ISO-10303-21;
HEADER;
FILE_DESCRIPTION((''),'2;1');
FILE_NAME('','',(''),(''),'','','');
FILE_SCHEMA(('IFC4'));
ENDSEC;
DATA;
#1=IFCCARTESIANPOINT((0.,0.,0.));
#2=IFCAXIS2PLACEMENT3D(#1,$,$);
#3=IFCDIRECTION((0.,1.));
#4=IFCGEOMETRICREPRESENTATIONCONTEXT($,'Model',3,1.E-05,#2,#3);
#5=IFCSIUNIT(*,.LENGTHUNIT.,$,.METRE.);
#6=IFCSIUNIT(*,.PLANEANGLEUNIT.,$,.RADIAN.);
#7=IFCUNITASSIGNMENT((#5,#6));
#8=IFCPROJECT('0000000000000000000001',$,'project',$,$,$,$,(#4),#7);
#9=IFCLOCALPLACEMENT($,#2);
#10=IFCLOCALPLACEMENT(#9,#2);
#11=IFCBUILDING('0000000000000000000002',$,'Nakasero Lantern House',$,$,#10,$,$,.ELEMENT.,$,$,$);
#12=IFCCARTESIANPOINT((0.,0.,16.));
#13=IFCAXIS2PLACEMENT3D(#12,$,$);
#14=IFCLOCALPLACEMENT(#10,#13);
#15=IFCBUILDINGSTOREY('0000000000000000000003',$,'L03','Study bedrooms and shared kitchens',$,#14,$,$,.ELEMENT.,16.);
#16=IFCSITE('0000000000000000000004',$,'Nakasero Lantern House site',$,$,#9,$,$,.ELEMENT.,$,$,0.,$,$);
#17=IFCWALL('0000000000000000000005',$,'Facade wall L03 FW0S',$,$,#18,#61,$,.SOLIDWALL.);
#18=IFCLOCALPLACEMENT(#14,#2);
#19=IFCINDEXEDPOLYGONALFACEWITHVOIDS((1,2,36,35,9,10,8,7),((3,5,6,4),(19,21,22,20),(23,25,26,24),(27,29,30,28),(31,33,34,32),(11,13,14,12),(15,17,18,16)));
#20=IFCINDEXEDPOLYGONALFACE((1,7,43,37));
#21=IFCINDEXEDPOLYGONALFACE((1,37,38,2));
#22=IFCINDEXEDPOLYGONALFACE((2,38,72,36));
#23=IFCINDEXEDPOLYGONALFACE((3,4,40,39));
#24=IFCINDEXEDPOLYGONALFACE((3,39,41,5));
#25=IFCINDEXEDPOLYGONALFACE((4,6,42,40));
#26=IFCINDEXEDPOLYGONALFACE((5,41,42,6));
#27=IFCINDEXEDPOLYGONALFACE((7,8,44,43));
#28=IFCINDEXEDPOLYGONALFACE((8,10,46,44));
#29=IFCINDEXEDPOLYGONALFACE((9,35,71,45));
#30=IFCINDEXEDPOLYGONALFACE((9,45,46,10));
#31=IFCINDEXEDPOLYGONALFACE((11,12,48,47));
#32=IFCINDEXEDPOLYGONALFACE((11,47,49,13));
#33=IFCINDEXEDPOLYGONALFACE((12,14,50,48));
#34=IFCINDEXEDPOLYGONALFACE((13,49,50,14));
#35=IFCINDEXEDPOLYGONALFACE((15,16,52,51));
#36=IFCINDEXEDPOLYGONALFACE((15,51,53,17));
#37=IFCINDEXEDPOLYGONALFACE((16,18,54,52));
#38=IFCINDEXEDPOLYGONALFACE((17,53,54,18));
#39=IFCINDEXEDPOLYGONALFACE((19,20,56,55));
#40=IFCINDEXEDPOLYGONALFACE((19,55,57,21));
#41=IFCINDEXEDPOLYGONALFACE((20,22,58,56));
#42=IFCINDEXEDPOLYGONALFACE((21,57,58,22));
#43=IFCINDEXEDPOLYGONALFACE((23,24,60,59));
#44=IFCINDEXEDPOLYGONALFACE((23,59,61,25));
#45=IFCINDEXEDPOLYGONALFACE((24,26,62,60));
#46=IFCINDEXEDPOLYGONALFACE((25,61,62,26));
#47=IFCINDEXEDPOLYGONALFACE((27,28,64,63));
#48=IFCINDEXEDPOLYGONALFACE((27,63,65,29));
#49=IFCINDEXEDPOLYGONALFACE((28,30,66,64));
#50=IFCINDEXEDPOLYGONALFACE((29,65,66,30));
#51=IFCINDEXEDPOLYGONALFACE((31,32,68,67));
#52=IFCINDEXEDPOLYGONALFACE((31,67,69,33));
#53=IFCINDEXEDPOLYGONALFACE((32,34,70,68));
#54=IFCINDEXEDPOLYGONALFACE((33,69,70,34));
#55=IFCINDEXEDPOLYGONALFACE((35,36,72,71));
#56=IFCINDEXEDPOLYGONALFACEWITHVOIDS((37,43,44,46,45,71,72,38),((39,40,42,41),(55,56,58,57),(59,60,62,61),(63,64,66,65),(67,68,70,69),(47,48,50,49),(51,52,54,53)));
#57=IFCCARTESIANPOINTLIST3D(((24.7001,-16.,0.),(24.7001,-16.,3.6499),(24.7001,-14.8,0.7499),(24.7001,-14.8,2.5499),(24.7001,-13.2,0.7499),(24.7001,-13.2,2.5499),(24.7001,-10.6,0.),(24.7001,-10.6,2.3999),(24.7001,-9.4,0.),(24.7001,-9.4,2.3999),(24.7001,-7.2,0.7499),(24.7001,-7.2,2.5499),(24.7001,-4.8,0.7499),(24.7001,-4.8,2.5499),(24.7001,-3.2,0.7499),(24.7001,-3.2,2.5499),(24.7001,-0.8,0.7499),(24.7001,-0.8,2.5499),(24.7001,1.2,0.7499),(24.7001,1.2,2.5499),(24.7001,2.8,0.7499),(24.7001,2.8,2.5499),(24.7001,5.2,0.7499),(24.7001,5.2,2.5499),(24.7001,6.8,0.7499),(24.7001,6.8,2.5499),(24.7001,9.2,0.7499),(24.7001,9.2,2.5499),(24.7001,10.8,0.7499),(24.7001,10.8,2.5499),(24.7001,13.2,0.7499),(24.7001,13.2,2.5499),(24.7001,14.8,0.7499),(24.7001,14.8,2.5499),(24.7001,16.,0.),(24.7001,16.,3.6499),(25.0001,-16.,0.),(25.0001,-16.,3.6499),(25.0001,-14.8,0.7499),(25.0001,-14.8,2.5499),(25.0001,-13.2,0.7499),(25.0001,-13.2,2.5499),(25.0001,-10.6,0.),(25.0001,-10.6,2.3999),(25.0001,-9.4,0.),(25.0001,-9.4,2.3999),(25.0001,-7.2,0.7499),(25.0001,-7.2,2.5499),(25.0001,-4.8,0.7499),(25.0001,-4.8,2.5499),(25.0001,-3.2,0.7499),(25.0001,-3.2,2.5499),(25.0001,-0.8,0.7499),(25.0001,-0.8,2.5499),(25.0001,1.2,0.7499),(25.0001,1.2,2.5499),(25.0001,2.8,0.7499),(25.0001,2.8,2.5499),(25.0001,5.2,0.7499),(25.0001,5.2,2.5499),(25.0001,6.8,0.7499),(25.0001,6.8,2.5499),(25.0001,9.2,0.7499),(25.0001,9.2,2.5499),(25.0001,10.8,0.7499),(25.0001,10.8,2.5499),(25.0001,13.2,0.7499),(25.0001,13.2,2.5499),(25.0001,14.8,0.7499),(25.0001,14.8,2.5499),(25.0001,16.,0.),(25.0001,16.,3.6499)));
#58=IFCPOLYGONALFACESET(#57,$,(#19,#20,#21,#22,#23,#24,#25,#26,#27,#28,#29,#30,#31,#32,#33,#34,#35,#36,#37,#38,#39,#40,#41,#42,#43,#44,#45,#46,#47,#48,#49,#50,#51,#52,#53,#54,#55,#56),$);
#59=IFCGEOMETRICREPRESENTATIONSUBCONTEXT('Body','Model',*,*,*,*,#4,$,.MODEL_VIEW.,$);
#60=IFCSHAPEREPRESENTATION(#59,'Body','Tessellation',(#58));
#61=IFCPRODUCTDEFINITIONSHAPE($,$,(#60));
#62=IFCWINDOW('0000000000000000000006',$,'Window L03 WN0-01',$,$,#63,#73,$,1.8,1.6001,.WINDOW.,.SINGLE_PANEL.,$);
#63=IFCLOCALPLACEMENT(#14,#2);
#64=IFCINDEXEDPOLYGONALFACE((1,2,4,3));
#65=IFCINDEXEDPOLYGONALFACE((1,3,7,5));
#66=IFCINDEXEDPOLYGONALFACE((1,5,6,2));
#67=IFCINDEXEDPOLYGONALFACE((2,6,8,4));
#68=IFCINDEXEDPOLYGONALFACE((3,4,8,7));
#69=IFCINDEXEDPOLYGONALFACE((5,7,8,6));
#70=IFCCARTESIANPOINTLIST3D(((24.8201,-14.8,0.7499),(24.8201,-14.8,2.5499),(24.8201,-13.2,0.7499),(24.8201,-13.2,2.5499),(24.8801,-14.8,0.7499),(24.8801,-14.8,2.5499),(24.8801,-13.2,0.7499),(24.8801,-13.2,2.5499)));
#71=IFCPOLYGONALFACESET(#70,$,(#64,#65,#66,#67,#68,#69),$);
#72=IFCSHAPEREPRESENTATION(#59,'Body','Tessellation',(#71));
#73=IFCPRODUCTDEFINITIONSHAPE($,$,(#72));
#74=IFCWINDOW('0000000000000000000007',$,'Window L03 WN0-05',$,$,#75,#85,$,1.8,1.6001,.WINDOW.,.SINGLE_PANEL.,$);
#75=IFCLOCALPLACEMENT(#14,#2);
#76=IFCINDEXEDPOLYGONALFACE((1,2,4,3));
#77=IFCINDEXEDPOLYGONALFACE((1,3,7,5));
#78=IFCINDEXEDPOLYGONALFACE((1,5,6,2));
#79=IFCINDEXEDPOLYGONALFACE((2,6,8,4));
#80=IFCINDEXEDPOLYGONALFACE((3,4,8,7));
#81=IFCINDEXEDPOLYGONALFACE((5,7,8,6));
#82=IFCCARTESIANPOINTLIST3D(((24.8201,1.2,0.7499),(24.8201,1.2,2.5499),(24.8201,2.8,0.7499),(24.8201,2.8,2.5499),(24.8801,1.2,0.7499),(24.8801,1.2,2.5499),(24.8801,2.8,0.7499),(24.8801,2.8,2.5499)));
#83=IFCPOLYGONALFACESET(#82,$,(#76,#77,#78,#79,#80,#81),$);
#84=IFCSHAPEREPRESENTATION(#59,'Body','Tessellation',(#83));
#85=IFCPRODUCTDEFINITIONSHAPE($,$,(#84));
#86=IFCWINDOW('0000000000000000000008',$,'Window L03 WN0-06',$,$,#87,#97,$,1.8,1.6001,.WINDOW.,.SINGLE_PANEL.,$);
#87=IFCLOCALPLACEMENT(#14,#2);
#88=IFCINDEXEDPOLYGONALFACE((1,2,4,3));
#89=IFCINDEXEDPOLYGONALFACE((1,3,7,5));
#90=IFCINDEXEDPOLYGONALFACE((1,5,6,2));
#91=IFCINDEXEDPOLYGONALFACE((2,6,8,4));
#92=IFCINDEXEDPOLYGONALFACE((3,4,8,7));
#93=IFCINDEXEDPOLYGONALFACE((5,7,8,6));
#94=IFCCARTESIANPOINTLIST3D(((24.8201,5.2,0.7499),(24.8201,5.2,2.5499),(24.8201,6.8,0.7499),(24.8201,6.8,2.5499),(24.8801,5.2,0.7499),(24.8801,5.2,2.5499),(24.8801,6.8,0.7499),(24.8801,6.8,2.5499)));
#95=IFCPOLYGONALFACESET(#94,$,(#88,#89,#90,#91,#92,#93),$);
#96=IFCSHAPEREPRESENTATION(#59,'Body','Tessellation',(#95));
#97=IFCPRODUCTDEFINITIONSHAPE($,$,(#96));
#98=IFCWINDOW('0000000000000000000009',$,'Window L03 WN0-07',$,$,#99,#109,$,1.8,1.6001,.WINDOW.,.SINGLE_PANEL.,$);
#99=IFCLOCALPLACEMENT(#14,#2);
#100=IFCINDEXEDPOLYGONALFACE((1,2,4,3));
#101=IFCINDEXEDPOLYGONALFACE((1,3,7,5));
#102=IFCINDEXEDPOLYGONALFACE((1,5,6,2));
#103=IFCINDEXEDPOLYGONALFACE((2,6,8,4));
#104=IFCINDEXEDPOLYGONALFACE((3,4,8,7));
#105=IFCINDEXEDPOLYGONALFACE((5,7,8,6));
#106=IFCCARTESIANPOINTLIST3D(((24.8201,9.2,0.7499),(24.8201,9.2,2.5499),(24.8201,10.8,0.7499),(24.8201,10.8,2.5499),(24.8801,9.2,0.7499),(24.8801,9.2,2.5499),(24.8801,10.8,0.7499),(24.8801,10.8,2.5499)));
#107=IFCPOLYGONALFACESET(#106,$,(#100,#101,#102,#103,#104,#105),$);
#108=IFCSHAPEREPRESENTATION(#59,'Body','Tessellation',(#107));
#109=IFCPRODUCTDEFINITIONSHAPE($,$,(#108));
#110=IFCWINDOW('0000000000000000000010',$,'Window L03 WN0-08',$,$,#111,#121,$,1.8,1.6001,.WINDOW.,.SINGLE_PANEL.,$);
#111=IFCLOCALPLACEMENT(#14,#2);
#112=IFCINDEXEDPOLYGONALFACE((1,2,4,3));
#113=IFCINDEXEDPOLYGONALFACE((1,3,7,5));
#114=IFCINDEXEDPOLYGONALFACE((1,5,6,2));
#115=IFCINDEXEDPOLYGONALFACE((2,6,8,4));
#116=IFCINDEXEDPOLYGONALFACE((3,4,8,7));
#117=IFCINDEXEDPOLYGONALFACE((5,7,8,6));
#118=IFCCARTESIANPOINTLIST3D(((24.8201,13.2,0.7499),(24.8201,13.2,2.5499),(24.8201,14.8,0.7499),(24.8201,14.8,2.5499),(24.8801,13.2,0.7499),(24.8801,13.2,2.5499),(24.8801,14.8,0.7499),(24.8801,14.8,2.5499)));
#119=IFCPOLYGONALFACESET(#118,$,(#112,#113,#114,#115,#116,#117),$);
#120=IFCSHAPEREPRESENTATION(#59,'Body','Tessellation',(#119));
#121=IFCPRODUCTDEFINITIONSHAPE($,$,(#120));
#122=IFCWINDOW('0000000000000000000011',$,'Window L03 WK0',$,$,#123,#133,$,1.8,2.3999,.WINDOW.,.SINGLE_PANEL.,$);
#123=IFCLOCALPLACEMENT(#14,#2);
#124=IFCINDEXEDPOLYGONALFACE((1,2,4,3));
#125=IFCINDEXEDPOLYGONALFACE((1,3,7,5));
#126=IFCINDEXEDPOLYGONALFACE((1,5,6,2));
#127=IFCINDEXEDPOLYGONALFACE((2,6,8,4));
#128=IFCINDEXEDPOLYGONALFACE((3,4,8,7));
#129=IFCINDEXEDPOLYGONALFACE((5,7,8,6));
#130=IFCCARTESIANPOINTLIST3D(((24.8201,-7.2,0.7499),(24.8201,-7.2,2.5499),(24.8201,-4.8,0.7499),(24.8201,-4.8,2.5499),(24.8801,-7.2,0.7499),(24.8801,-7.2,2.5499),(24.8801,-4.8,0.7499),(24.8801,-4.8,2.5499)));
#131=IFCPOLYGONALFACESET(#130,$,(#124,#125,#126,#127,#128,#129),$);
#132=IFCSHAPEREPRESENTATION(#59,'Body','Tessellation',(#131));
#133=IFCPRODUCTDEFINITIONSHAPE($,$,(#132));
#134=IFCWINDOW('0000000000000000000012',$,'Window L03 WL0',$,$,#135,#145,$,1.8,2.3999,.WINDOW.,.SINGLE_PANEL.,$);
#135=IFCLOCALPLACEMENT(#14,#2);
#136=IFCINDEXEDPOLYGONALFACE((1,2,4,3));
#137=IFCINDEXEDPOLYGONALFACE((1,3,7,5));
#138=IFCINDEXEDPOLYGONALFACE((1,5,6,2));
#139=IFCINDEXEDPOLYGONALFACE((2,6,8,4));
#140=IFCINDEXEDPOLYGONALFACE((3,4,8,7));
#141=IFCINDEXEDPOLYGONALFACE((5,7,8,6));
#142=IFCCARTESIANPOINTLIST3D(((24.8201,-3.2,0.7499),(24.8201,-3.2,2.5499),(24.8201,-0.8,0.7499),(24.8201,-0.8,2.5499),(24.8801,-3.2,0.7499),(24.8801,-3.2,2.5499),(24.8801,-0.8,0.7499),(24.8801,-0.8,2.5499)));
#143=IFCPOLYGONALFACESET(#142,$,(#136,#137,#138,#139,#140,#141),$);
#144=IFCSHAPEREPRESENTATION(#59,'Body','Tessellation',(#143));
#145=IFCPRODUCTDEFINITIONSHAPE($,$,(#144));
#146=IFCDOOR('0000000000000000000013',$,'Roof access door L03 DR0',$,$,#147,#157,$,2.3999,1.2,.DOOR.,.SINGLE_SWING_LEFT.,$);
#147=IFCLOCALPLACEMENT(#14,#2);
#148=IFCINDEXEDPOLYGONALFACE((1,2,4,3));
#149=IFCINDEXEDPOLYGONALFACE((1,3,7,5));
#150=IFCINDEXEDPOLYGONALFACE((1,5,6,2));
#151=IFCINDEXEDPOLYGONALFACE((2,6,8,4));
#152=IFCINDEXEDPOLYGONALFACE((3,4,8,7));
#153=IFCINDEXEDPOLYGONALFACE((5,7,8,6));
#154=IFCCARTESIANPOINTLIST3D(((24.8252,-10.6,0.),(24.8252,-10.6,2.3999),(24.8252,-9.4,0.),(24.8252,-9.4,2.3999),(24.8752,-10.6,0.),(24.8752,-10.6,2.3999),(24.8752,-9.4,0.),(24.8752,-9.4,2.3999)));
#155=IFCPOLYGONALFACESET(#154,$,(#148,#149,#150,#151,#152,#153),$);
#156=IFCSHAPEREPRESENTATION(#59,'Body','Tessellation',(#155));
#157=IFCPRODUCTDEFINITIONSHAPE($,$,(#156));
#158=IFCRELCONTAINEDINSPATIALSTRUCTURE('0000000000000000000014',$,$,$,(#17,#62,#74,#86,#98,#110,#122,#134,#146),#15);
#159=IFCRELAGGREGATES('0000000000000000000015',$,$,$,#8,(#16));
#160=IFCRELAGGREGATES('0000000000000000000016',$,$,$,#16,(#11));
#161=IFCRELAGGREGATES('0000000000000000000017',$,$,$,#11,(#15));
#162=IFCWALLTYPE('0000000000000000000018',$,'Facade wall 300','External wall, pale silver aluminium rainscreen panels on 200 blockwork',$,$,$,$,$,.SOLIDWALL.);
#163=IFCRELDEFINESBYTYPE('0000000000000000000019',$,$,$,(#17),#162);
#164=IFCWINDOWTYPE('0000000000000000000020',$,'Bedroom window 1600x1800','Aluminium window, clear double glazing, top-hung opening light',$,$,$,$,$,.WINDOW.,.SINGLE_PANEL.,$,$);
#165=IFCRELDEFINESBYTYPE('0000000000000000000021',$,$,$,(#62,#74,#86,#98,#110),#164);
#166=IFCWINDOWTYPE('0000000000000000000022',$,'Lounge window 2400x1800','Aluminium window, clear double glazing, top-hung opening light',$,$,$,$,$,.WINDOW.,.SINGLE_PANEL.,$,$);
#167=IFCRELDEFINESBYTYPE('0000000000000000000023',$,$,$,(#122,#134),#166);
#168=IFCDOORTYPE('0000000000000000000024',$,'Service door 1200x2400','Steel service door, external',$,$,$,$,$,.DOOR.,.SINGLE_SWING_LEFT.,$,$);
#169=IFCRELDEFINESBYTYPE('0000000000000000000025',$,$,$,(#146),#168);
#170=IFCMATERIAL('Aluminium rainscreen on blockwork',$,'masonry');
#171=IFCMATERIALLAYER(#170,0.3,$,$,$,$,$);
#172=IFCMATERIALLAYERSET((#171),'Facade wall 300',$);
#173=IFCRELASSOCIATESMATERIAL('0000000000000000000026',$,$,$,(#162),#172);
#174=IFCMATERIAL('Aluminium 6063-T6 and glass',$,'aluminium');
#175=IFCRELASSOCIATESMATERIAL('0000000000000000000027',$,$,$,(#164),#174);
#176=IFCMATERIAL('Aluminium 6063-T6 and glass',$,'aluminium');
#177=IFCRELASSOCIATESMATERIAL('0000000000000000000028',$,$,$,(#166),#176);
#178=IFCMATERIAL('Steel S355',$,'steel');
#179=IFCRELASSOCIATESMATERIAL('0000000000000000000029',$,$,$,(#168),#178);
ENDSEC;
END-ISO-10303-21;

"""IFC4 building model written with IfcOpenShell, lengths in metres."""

from ifc_helpers import new_model, si_unit, direction, frame, frame_2d, origin, place, context, subcontext, project, spatial, rectangle, extrude, material, layer, layer_set, type_object, element, fill, save


model = new_model("IFC4")

# Units and contexts
model_context = context("Model", 3, precision=1e-05, world=origin(), true_north=direction((0.0, 1.0)))
body_context = subcontext(model_context, "Body", "Model", "MODEL_VIEW")
ifc_project = project(units=[si_unit("LENGTHUNIT", "METRE"), si_unit("PLANEANGLEUNIT", "RADIAN")], contexts=[model_context])

# Site, building, storey
site_placement = place(None, origin())
site = spatial("IfcSite", under=ifc_project, at=site_placement, Name="Nakasero Lantern House site", CompositionType="ELEMENT", RefElevation=0.0)
building_placement = place(site_placement, origin())
building = spatial("IfcBuilding", under=site, at=building_placement, Name="Nakasero Lantern House", CompositionType="ELEMENT")
storey_placement = place(building_placement, frame((0.0, 0.0, 16.0)))
storey = spatial("IfcBuildingStorey", under=building, at=storey_placement, Name="L03", Description="Study bedrooms and shared kitchens", CompositionType="ELEMENT", Elevation=16.0)

# Wall, openings, windows, door
ifc_material_1 = material(Name="Aluminium rainscreen on blockwork", Category="masonry")
ifc_layer_1 = layer(ifc_material_1, 0.3)
ifc_layer_set_1 = layer_set([ifc_layer_1], Name="Facade wall 300")
wall_type_1 = type_object("IfcWallType", Name="Facade wall 300", Description="External wall, pale silver aluminium rainscreen panels on 200 blockwork", PredefinedType="SOLIDWALL", material=ifc_layer_set_1)
wall_1_placement = place(storey_placement, frame((24.8501, -16.0, 0.0), z_axis=(0.0, 0.0, 1.0), x_axis=(0.0, 1.0, 0.0)))
wall_1 = element("IfcWall", 1, at=wall_1_placement, inside=storey, type_object=wall_type_1, Name="Facade wall L03 FW0S", PredefinedType="SOLIDWALL", context=body_context, shape_type="SweptSolid", body=[
    extrude(rectangle(XDim=32.0, YDim=0.3, at=frame_2d((16.0, 0.0))), origin(), (0.0, 0.0, 1.0), 3.6499),
])
opening_1_placement = place(wall_1_placement, frame((1.2, 0.0, 0.75)))
opening_1 = element("IfcOpeningElement", 2, at=opening_1_placement, cuts=wall_1, PredefinedType="OPENING", context=body_context, shape_type="SweptSolid", body=[
    extrude(rectangle(XDim=1.6001, YDim=1.8, at=frame_2d((0.8, 0.8999))), frame((0.0, 0.1699, 0.0), z_axis=(0.0, -1.0, 0.0), x_axis=(1.0, 0.0, 0.0)), (0.0, 0.0, 1.0), 0.3401),
])
opening_2_placement = place(wall_1_placement, frame((17.2, 0.0, 0.75)))
opening_2 = element("IfcOpeningElement", 3, at=opening_2_placement, cuts=wall_1, PredefinedType="OPENING", context=body_context, shape_type="SweptSolid", body=[
    extrude(rectangle(XDim=1.6001, YDim=1.8, at=frame_2d((0.8, 0.8999))), frame((0.0, 0.1699, 0.0), z_axis=(0.0, -1.0, 0.0), x_axis=(1.0, 0.0, 0.0)), (0.0, 0.0, 1.0), 0.3401),
])
opening_3_placement = place(wall_1_placement, frame((21.2, 0.0, 0.75)))
opening_3 = element("IfcOpeningElement", 4, at=opening_3_placement, cuts=wall_1, PredefinedType="OPENING", context=body_context, shape_type="SweptSolid", body=[
    extrude(rectangle(XDim=1.6001, YDim=1.8, at=frame_2d((0.8, 0.8999))), frame((0.0, 0.1699, 0.0), z_axis=(0.0, -1.0, 0.0), x_axis=(1.0, 0.0, 0.0)), (0.0, 0.0, 1.0), 0.3401),
])
opening_4_placement = place(wall_1_placement, frame((25.2, 0.0, 0.75)))
opening_4 = element("IfcOpeningElement", 5, at=opening_4_placement, cuts=wall_1, PredefinedType="OPENING", context=body_context, shape_type="SweptSolid", body=[
    extrude(rectangle(XDim=1.6001, YDim=1.8, at=frame_2d((0.8, 0.8999))), frame((0.0, 0.1699, 0.0), z_axis=(0.0, -1.0, 0.0), x_axis=(1.0, 0.0, 0.0)), (0.0, 0.0, 1.0), 0.3401),
])
opening_5_placement = place(wall_1_placement, frame((29.2, 0.0, 0.75)))
opening_5 = element("IfcOpeningElement", 6, at=opening_5_placement, cuts=wall_1, PredefinedType="OPENING", context=body_context, shape_type="SweptSolid", body=[
    extrude(rectangle(XDim=1.6001, YDim=1.8, at=frame_2d((0.8, 0.8999))), frame((0.0, 0.1699, 0.0), z_axis=(0.0, -1.0, 0.0), x_axis=(1.0, 0.0, 0.0)), (0.0, 0.0, 1.0), 0.3401),
])
opening_6_placement = place(wall_1_placement, frame((8.8, 0.0, 0.75)))
opening_6 = element("IfcOpeningElement", 7, at=opening_6_placement, cuts=wall_1, PredefinedType="OPENING", context=body_context, shape_type="SweptSolid", body=[
    extrude(rectangle(XDim=2.3999, YDim=1.8, at=frame_2d((1.2, 0.8999))), frame((0.0, 0.1699, 0.0), z_axis=(0.0, -1.0, 0.0), x_axis=(1.0, 0.0, 0.0)), (0.0, 0.0, 1.0), 0.3401),
])
opening_7_placement = place(wall_1_placement, frame((12.8, 0.0, 0.75)))
opening_7 = element("IfcOpeningElement", 8, at=opening_7_placement, cuts=wall_1, PredefinedType="OPENING", context=body_context, shape_type="SweptSolid", body=[
    extrude(rectangle(XDim=2.3999, YDim=1.8, at=frame_2d((1.2, 0.8999))), frame((0.0, 0.1699, 0.0), z_axis=(0.0, -1.0, 0.0), x_axis=(1.0, 0.0, 0.0)), (0.0, 0.0, 1.0), 0.3401),
])
opening_8_placement = place(wall_1_placement, frame((5.3999, 0.0, 0.0)))
opening_8 = element("IfcOpeningElement", 9, at=opening_8_placement, cuts=wall_1, PredefinedType="OPENING", context=body_context, shape_type="SweptSolid", body=[
    extrude(rectangle(XDim=1.2, YDim=2.3999, at=frame_2d((0.6001, 1.2))), frame((0.0, 0.1699, 0.0), z_axis=(0.0, -1.0, 0.0), x_axis=(1.0, 0.0, 0.0)), (0.0, 0.0, 1.0), 0.3401),
])
ifc_material_2 = material(Name="Aluminium 6063-T6 and glass", Category="aluminium")
window_type_1 = type_object("IfcWindowType", Name="Bedroom window 1600x1800", Description="Aluminium window, clear double glazing, top-hung opening light", PartitioningType="SINGLE_PANEL", PredefinedType="WINDOW", material=ifc_material_2)
window_1_placement = place(opening_1_placement, origin())
window_1 = element("IfcWindow", 10, at=window_1_placement, inside=storey, type_object=window_type_1, Name="Window L03 WN0-01", OverallHeight=1.8, OverallWidth=1.6001, PartitioningType="SINGLE_PANEL", PredefinedType="WINDOW", context=body_context, shape_type="SweptSolid", body=[
    extrude(rectangle(XDim=1.6001, YDim=1.8, at=frame_2d((0.8, 0.8999))), frame((0.0, 0.03, 0.0), z_axis=(0.0, -1.0, 0.0), x_axis=(1.0, 0.0, 0.0)), (0.0, 0.0, 1.0), 0.0601),
])
fill(opening_1, window_1)
window_2_placement = place(opening_2_placement, origin())
window_2 = element("IfcWindow", 11, at=window_2_placement, inside=storey, type_object=window_type_1, Name="Window L03 WN0-05", OverallHeight=1.8, OverallWidth=1.6001, PartitioningType="SINGLE_PANEL", PredefinedType="WINDOW", context=body_context, shape_type="SweptSolid", body=[
    extrude(rectangle(XDim=1.6001, YDim=1.8, at=frame_2d((0.8, 0.8999))), frame((0.0, 0.03, 0.0), z_axis=(0.0, -1.0, 0.0), x_axis=(1.0, 0.0, 0.0)), (0.0, 0.0, 1.0), 0.0601),
])
fill(opening_2, window_2)
window_3_placement = place(opening_3_placement, origin())
window_3 = element("IfcWindow", 12, at=window_3_placement, inside=storey, type_object=window_type_1, Name="Window L03 WN0-06", OverallHeight=1.8, OverallWidth=1.6001, PartitioningType="SINGLE_PANEL", PredefinedType="WINDOW", context=body_context, shape_type="SweptSolid", body=[
    extrude(rectangle(XDim=1.6001, YDim=1.8, at=frame_2d((0.8, 0.8999))), frame((0.0, 0.03, 0.0), z_axis=(0.0, -1.0, 0.0), x_axis=(1.0, 0.0, 0.0)), (0.0, 0.0, 1.0), 0.0601),
])
fill(opening_3, window_3)
window_4_placement = place(opening_4_placement, origin())
window_4 = element("IfcWindow", 13, at=window_4_placement, inside=storey, type_object=window_type_1, Name="Window L03 WN0-07", OverallHeight=1.8, OverallWidth=1.6001, PartitioningType="SINGLE_PANEL", PredefinedType="WINDOW", context=body_context, shape_type="SweptSolid", body=[
    extrude(rectangle(XDim=1.6001, YDim=1.8, at=frame_2d((0.8, 0.8999))), frame((0.0, 0.03, 0.0), z_axis=(0.0, -1.0, 0.0), x_axis=(1.0, 0.0, 0.0)), (0.0, 0.0, 1.0), 0.0601),
])
fill(opening_4, window_4)
window_5_placement = place(opening_5_placement, origin())
window_5 = element("IfcWindow", 14, at=window_5_placement, inside=storey, type_object=window_type_1, Name="Window L03 WN0-08", OverallHeight=1.8, OverallWidth=1.6001, PartitioningType="SINGLE_PANEL", PredefinedType="WINDOW", context=body_context, shape_type="SweptSolid", body=[
    extrude(rectangle(XDim=1.6001, YDim=1.8, at=frame_2d((0.8, 0.8999))), frame((0.0, 0.03, 0.0), z_axis=(0.0, -1.0, 0.0), x_axis=(1.0, 0.0, 0.0)), (0.0, 0.0, 1.0), 0.0601),
])
fill(opening_5, window_5)
ifc_material_3 = material(Name="Aluminium 6063-T6 and glass", Category="aluminium")
window_type_2 = type_object("IfcWindowType", Name="Lounge window 2400x1800", Description="Aluminium window, clear double glazing, top-hung opening light", PartitioningType="SINGLE_PANEL", PredefinedType="WINDOW", material=ifc_material_3)
window_6_placement = place(opening_6_placement, origin())
window_6 = element("IfcWindow", 15, at=window_6_placement, inside=storey, type_object=window_type_2, Name="Window L03 WK0", OverallHeight=1.8, OverallWidth=2.3999, PartitioningType="SINGLE_PANEL", PredefinedType="WINDOW", context=body_context, shape_type="SweptSolid", body=[
    extrude(rectangle(XDim=2.3999, YDim=1.8, at=frame_2d((1.2, 0.8999))), frame((0.0, 0.03, 0.0), z_axis=(0.0, -1.0, 0.0), x_axis=(1.0, 0.0, 0.0)), (0.0, 0.0, 1.0), 0.0601),
])
fill(opening_6, window_6)
window_7_placement = place(opening_7_placement, origin())
window_7 = element("IfcWindow", 16, at=window_7_placement, inside=storey, type_object=window_type_2, Name="Window L03 WL0", OverallHeight=1.8, OverallWidth=2.3999, PartitioningType="SINGLE_PANEL", PredefinedType="WINDOW", context=body_context, shape_type="SweptSolid", body=[
    extrude(rectangle(XDim=2.3999, YDim=1.8, at=frame_2d((1.2, 0.8999))), frame((0.0, 0.03, 0.0), z_axis=(0.0, -1.0, 0.0), x_axis=(1.0, 0.0, 0.0)), (0.0, 0.0, 1.0), 0.0601),
])
fill(opening_7, window_7)
ifc_material_4 = material(Name="Steel S355", Category="steel")
door_type = type_object("IfcDoorType", Name="Service door 1200x2400", Description="Steel service door, external", OperationType="SINGLE_SWING_LEFT", PredefinedType="DOOR", material=ifc_material_4)
door_placement = place(opening_8_placement, origin())
door = element("IfcDoor", 17, at=door_placement, inside=storey, type_object=door_type, Name="Roof access door L03 DR0", OperationType="SINGLE_SWING_LEFT", OverallHeight=2.3999, OverallWidth=1.2, PredefinedType="DOOR", context=body_context, shape_type="SweptSolid", body=[
    extrude(rectangle(XDim=1.2, YDim=2.3999, at=frame_2d((0.6001, 1.2))), frame((0.0, 0.0249, 0.0), z_axis=(0.0, -1.0, 0.0), x_axis=(1.0, 0.0, 0.0)), (0.0, 0.0, 1.0), 0.05),
])
fill(opening_8, door)

save(model, "model.ifc")
